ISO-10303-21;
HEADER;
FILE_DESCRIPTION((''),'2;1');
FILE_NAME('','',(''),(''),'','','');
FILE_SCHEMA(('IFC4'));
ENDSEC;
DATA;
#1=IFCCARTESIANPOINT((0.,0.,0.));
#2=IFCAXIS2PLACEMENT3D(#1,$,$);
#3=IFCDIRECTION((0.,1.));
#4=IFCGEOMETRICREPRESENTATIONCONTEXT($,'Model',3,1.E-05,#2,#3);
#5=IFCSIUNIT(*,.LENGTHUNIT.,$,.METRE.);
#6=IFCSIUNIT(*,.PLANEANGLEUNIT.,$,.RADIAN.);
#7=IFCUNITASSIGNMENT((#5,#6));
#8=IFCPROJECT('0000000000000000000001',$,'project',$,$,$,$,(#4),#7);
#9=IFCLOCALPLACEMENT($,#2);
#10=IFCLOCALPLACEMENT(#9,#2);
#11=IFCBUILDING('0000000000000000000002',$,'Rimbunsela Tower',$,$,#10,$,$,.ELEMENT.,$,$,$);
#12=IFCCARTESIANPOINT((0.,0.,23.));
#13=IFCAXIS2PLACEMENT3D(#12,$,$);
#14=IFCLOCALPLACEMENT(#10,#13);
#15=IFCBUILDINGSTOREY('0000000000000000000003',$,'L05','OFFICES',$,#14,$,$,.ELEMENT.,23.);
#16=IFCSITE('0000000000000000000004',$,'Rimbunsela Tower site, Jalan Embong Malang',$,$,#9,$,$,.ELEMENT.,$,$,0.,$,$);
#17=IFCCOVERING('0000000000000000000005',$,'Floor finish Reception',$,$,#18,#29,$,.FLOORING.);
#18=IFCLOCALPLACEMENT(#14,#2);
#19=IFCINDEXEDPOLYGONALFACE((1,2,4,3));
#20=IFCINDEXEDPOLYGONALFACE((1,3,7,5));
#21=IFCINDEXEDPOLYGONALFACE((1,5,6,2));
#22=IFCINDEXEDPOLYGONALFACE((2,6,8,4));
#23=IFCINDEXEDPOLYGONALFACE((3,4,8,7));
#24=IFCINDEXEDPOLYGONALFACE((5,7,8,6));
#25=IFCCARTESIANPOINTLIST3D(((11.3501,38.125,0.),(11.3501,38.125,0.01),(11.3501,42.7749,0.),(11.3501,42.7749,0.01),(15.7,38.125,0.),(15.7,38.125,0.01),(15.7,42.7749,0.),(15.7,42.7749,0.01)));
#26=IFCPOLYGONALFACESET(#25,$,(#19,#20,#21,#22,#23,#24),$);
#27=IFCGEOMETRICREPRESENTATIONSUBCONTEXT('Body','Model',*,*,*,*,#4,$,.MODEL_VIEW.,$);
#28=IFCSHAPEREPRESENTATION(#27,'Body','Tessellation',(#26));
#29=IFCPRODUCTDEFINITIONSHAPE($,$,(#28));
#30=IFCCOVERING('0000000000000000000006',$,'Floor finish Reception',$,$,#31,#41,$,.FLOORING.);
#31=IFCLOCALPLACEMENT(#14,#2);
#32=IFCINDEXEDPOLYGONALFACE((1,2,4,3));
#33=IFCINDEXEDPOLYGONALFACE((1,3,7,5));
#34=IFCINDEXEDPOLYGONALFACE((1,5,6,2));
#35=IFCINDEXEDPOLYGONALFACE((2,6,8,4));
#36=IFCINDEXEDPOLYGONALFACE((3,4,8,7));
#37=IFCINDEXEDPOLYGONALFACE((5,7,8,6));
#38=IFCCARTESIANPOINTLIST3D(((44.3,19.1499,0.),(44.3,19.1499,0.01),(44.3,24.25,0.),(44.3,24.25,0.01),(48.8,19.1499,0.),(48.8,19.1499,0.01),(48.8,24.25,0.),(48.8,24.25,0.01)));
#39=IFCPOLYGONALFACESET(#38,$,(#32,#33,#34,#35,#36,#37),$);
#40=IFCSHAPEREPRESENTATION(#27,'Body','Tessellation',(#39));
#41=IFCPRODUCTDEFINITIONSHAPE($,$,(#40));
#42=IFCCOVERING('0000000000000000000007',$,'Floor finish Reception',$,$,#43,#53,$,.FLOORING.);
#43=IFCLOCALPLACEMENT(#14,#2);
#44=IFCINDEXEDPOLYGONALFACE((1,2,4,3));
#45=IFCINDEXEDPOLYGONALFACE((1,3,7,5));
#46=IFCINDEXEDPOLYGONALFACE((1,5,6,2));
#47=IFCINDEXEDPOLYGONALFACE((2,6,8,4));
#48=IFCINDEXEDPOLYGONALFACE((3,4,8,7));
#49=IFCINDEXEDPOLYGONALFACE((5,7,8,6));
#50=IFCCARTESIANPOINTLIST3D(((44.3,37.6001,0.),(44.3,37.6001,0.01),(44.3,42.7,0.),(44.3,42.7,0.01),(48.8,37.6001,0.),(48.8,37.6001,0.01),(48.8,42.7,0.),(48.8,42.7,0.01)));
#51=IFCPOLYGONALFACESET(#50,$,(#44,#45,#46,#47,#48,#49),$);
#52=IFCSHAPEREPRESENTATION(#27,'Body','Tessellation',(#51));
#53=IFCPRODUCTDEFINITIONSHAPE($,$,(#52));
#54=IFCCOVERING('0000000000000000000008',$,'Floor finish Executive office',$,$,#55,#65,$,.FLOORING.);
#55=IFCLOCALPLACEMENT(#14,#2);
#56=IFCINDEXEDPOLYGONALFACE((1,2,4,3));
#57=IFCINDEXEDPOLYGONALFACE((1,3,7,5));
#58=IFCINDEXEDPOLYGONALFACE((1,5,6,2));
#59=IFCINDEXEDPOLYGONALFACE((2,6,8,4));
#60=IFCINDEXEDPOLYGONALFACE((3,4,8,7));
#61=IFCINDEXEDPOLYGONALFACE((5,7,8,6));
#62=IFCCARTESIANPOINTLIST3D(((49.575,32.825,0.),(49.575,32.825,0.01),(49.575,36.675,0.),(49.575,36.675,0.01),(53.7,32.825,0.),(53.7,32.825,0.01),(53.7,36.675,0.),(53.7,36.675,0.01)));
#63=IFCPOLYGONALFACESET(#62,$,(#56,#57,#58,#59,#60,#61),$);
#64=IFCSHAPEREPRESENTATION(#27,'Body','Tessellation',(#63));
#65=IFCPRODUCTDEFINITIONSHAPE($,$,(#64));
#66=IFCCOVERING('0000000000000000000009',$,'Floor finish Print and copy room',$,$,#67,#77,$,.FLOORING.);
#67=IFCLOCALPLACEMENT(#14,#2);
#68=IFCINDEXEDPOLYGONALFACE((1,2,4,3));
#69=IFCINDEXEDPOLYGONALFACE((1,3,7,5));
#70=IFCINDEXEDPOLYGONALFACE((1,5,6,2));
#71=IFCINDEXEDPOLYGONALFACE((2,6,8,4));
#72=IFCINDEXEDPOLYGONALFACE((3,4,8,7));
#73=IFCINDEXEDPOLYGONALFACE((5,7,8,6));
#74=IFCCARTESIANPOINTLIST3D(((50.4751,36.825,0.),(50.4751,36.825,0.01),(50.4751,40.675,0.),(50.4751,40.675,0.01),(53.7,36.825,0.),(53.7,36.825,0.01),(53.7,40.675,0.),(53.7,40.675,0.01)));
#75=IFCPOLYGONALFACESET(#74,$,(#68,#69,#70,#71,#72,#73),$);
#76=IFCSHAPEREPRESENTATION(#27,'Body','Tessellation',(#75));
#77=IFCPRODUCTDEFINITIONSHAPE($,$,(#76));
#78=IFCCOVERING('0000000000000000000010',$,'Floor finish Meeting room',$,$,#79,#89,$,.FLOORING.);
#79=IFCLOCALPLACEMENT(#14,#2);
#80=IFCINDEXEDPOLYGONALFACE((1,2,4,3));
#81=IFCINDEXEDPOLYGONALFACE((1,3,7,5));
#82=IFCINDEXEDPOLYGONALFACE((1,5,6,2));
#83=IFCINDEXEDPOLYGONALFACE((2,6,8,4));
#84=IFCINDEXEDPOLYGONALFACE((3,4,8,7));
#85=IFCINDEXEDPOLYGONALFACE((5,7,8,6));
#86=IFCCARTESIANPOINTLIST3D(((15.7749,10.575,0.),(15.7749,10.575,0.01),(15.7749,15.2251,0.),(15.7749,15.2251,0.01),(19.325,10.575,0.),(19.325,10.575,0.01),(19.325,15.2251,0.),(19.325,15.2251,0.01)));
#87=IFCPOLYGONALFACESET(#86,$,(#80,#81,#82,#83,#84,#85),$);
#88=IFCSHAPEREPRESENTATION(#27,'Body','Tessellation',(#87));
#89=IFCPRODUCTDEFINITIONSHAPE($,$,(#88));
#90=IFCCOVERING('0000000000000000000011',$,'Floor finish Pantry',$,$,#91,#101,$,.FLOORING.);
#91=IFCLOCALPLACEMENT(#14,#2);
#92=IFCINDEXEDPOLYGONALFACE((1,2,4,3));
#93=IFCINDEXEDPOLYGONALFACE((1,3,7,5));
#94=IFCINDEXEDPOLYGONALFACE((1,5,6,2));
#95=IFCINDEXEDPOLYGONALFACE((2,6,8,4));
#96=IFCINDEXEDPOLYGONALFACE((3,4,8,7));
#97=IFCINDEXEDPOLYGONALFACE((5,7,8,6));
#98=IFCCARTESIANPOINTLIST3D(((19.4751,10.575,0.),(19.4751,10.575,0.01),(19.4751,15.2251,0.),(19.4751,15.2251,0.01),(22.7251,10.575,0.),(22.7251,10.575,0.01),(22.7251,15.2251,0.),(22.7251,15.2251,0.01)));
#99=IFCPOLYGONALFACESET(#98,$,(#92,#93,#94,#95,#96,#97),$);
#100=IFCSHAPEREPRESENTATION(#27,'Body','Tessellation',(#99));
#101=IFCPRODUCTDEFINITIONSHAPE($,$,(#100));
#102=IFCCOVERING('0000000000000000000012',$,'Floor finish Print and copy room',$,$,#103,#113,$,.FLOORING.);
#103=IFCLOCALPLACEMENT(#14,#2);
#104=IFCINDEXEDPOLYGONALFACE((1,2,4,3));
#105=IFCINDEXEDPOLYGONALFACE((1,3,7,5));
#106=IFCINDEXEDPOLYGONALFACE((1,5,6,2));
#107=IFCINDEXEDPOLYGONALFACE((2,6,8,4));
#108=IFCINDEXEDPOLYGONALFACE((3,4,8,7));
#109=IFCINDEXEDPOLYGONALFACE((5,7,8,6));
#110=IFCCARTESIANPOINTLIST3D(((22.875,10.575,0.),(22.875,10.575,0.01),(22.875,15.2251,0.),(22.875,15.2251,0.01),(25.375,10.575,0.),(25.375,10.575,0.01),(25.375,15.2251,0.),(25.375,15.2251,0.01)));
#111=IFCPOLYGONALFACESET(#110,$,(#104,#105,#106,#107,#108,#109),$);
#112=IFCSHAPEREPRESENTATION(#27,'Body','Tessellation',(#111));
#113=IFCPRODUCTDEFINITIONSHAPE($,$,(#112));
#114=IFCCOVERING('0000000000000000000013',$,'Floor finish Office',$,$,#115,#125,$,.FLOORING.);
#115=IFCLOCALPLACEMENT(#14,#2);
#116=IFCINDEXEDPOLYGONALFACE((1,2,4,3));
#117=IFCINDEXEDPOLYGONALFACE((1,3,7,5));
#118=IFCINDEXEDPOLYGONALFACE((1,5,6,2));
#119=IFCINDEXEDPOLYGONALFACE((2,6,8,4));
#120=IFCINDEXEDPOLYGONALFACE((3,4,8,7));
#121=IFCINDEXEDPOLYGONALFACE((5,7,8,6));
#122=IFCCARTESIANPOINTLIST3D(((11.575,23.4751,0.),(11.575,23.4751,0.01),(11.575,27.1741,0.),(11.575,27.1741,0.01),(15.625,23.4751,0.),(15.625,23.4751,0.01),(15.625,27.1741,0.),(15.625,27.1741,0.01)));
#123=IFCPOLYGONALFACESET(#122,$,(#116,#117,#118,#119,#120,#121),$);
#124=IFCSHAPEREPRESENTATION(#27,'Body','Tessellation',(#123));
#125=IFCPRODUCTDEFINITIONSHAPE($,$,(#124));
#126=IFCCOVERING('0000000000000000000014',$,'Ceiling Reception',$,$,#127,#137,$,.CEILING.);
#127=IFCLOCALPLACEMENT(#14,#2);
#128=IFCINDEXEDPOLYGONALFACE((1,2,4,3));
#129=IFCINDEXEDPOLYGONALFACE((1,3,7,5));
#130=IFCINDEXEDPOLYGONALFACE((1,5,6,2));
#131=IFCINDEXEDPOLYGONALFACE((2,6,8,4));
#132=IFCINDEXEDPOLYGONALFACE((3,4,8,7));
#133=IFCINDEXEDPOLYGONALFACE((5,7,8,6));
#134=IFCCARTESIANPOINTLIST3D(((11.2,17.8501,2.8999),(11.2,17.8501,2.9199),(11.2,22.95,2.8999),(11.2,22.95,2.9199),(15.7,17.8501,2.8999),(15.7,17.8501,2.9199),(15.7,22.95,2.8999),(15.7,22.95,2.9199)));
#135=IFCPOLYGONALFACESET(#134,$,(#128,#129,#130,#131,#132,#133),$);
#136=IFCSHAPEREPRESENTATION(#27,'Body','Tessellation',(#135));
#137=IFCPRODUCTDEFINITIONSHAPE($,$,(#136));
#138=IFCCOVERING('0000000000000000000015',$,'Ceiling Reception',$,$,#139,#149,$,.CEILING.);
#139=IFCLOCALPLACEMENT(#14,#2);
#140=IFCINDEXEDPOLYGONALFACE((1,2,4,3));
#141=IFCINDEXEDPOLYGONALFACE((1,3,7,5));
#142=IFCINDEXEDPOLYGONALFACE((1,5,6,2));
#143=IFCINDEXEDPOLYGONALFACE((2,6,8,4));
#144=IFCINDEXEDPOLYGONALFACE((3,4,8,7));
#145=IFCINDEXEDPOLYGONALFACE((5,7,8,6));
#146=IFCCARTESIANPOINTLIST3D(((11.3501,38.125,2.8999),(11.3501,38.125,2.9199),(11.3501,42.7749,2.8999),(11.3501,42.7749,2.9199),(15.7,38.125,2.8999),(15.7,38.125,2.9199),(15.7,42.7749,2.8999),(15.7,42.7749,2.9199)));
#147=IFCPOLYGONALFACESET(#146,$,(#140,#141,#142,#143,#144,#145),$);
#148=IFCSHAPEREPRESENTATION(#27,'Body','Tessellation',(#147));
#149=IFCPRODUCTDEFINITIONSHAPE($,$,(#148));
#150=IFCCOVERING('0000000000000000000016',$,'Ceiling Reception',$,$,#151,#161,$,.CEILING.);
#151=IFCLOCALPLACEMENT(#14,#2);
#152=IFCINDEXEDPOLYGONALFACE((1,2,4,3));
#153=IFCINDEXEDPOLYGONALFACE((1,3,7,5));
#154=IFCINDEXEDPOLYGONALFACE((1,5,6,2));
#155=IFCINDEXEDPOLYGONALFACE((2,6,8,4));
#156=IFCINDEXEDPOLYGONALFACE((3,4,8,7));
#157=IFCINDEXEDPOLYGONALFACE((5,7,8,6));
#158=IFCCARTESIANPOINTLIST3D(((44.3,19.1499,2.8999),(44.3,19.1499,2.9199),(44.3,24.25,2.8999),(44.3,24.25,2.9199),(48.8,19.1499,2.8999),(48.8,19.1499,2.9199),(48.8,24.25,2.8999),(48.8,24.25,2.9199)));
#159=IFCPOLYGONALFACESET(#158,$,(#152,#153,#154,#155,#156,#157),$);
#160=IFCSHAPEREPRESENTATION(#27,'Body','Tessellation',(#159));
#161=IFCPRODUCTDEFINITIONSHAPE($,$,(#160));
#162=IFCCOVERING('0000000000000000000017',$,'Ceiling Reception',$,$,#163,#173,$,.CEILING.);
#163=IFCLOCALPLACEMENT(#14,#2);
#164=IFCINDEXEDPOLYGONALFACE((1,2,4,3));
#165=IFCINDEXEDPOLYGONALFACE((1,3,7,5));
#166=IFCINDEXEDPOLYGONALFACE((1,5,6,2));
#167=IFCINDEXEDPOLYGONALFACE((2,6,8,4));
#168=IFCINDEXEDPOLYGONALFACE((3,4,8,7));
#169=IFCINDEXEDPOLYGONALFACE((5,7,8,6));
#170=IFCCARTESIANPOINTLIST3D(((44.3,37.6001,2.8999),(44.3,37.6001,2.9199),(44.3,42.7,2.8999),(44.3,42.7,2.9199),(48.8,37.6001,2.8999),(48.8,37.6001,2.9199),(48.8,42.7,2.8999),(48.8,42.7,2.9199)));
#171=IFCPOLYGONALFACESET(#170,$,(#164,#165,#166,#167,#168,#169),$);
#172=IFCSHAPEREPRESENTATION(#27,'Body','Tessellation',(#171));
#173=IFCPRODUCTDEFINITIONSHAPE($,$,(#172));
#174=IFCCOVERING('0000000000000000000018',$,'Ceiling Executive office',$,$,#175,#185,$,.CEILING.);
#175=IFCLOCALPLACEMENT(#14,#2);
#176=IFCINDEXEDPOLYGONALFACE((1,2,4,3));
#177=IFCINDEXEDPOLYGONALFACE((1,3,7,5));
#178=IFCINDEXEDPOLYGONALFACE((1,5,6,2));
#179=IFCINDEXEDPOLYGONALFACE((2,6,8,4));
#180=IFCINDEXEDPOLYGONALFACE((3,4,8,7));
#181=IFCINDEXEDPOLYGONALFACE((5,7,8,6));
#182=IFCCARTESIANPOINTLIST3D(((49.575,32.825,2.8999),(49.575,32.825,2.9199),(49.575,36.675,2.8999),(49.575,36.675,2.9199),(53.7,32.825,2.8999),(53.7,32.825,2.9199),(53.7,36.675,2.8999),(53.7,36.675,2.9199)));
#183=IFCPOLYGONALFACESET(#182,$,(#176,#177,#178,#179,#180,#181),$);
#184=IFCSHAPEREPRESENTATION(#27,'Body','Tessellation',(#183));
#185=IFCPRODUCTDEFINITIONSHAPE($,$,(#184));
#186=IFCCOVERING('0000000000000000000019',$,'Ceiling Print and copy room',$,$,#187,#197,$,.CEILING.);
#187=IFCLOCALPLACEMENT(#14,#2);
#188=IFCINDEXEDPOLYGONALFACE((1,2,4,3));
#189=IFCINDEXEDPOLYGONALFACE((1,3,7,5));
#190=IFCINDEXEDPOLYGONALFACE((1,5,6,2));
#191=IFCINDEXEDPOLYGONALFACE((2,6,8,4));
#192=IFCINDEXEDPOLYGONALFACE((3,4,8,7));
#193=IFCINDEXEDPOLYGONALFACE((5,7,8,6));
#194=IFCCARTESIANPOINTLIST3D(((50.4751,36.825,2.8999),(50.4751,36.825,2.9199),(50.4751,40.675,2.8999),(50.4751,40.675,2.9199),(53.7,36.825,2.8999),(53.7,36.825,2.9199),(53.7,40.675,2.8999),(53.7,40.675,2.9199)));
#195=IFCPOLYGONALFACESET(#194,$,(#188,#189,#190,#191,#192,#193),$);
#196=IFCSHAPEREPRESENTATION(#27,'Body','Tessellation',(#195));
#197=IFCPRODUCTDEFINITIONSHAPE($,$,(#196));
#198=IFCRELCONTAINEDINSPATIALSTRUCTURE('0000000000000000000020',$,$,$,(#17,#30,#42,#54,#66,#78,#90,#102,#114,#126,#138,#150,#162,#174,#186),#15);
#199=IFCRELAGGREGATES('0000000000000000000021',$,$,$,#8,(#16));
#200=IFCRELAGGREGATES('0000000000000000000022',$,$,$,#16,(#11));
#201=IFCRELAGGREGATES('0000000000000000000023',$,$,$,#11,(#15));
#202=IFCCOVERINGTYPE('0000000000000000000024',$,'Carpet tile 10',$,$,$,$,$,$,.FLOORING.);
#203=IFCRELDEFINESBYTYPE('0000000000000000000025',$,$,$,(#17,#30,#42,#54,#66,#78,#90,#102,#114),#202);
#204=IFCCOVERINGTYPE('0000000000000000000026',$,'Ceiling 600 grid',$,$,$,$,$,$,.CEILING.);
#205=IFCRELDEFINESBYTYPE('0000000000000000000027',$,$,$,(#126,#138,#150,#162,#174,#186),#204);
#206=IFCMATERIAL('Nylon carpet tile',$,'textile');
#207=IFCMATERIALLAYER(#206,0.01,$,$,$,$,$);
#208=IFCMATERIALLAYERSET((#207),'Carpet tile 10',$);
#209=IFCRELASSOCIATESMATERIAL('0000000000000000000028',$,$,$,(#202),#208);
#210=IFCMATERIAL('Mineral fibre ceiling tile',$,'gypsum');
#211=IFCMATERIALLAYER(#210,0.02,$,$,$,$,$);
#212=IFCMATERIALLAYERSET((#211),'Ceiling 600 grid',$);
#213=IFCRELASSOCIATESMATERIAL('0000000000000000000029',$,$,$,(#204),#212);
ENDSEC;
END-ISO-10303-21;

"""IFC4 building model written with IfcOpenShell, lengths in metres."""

from ifc_helpers import new_model, si_unit, direction, frame, origin, place, context, subcontext, project, spatial, polyline, outline, extrude, material, layer, layer_set, type_object, element, save


model = new_model("IFC4")

# Units and contexts
model_context = context("Model", 3, precision=1e-05, world=origin(), true_north=direction((0.0, 1.0)))
body_context = subcontext(model_context, "Body", "Model", "MODEL_VIEW")
ifc_project = project(units=[si_unit("LENGTHUNIT", "METRE"), si_unit("PLANEANGLEUNIT", "RADIAN")], contexts=[model_context])

# Site, building, storey
site_placement = place(None, origin())
site = spatial("IfcSite", under=ifc_project, at=site_placement, Name="Rimbunsela Tower site, Jalan Embong Malang", CompositionType="ELEMENT", RefElevation=0.0)
building_placement = place(site_placement, origin())
building = spatial("IfcBuilding", under=site, at=building_placement, Name="Rimbunsela Tower", CompositionType="ELEMENT")
storey_placement = place(building_placement, frame((0.0, 0.0, 23.0)))
storey = spatial("IfcBuildingStorey", under=building, at=storey_placement, Name="L05", Description="OFFICES", CompositionType="ELEMENT", Elevation=23.0)

# Coverings
ifc_material_1 = material(Name="Nylon carpet tile", Category="textile")
ifc_layer_1 = layer(ifc_material_1, 0.01)
ifc_layer_set_1 = layer_set([ifc_layer_1], Name="Carpet tile 10")
covering_type_1 = type_object("IfcCoveringType", Name="Carpet tile 10", PredefinedType="FLOORING", material=ifc_layer_set_1)
covering_1_placement = place(storey_placement, origin())
element("IfcCovering", 1, at=covering_1_placement, inside=storey, type_object=covering_type_1, Name="Floor finish Reception", PredefinedType="FLOORING", context=body_context, shape_type="SweptSolid", body=[
    extrude(outline(polyline([(15.7, 38.125), (15.7, 42.7749), (11.3501, 42.7749), (11.3501, 38.125), (15.7, 38.125)])), origin(), (0.0, 0.0, 1.0), 0.01),
])
covering_2_placement = place(storey_placement, origin())
element("IfcCovering", 2, at=covering_2_placement, inside=storey, type_object=covering_type_1, Name="Floor finish Reception", PredefinedType="FLOORING", context=body_context, shape_type="SweptSolid", body=[
    extrude(outline(polyline([(48.8, 19.1499), (48.8, 24.25), (44.3, 24.25), (44.3, 19.1499), (48.8, 19.1499)])), origin(), (0.0, 0.0, 1.0), 0.01),
])
covering_3_placement = place(storey_placement, origin())
element("IfcCovering", 3, at=covering_3_placement, inside=storey, type_object=covering_type_1, Name="Floor finish Reception", PredefinedType="FLOORING", context=body_context, shape_type="SweptSolid", body=[
    extrude(outline(polyline([(48.8, 37.6001), (48.8, 42.7), (44.3, 42.7), (44.3, 37.6001), (48.8, 37.6001)])), origin(), (0.0, 0.0, 1.0), 0.01),
])
covering_4_placement = place(storey_placement, origin())
element("IfcCovering", 4, at=covering_4_placement, inside=storey, type_object=covering_type_1, Name="Floor finish Executive office", PredefinedType="FLOORING", context=body_context, shape_type="SweptSolid", body=[
    extrude(outline(polyline([(53.7, 32.825), (53.7, 36.675), (49.575, 36.675), (49.575, 32.825), (53.7, 32.825)])), origin(), (0.0, 0.0, 1.0), 0.01),
])
covering_5_placement = place(storey_placement, origin())
element("IfcCovering", 5, at=covering_5_placement, inside=storey, type_object=covering_type_1, Name="Floor finish Print and copy room", PredefinedType="FLOORING", context=body_context, shape_type="SweptSolid", body=[
    extrude(outline(polyline([(53.7, 36.825), (53.7, 40.675), (50.4751, 40.675), (50.4751, 36.825), (53.7, 36.825)])), origin(), (0.0, 0.0, 1.0), 0.01),
])
covering_6_placement = place(storey_placement, origin())
element("IfcCovering", 6, at=covering_6_placement, inside=storey, type_object=covering_type_1, Name="Floor finish Meeting room", PredefinedType="FLOORING", context=body_context, shape_type="SweptSolid", body=[
    extrude(outline(polyline([(19.325, 10.575), (19.325, 15.2251), (15.7749, 15.2251), (15.7749, 10.575), (19.325, 10.575)])), origin(), (0.0, 0.0, 1.0), 0.01),
])
covering_7_placement = place(storey_placement, origin())
element("IfcCovering", 7, at=covering_7_placement, inside=storey, type_object=covering_type_1, Name="Floor finish Pantry", PredefinedType="FLOORING", context=body_context, shape_type="SweptSolid", body=[
    extrude(outline(polyline([(22.7251, 10.575), (22.7251, 15.2251), (19.4751, 15.2251), (19.4751, 10.575), (22.7251, 10.575)])), origin(), (0.0, 0.0, 1.0), 0.01),
])
covering_8_placement = place(storey_placement, origin())
element("IfcCovering", 8, at=covering_8_placement, inside=storey, type_object=covering_type_1, Name="Floor finish Print and copy room", PredefinedType="FLOORING", context=body_context, shape_type="SweptSolid", body=[
    extrude(outline(polyline([(25.375, 10.575), (25.375, 15.2251), (22.875, 15.2251), (22.875, 10.575), (25.375, 10.575)])), origin(), (0.0, 0.0, 1.0), 0.01),
])
covering_9_placement = place(storey_placement, origin())
element("IfcCovering", 9, at=covering_9_placement, inside=storey, type_object=covering_type_1, Name="Floor finish Office", PredefinedType="FLOORING", context=body_context, shape_type="SweptSolid", body=[
    extrude(outline(polyline([(15.625, 23.4751), (15.625, 27.1741), (11.575, 27.1741), (11.575, 23.4751), (15.625, 23.4751)])), origin(), (0.0, 0.0, 1.0), 0.01),
])
ifc_material_2 = material(Name="Mineral fibre ceiling tile", Category="gypsum")
ifc_layer_2 = layer(ifc_material_2, 0.02)
ifc_layer_set_2 = layer_set([ifc_layer_2], Name="Ceiling 600 grid")
covering_type_2 = type_object("IfcCoveringType", Name="Ceiling 600 grid", PredefinedType="CEILING", material=ifc_layer_set_2)
covering_10_placement = place(storey_placement, frame((0.0, 0.0, 2.8999)))
element("IfcCovering", 10, at=covering_10_placement, inside=storey, type_object=covering_type_2, Name="Ceiling Reception", PredefinedType="CEILING", context=body_context, shape_type="SweptSolid", body=[
    extrude(outline(polyline([(15.7, 17.8501), (15.7, 22.95), (11.2, 22.95), (11.2, 17.8501), (15.7, 17.8501)])), origin(), (0.0, 0.0, 1.0), 0.02),
])
covering_11_placement = place(storey_placement, frame((0.0, 0.0, 2.8999)))
element("IfcCovering", 11, at=covering_11_placement, inside=storey, type_object=covering_type_2, Name="Ceiling Reception", PredefinedType="CEILING", context=body_context, shape_type="SweptSolid", body=[
    extrude(outline(polyline([(15.7, 38.125), (15.7, 42.7749), (11.3501, 42.7749), (11.3501, 38.125), (15.7, 38.125)])), origin(), (0.0, 0.0, 1.0), 0.02),
])
covering_12_placement = place(storey_placement, frame((0.0, 0.0, 2.8999)))
element("IfcCovering", 12, at=covering_12_placement, inside=storey, type_object=covering_type_2, Name="Ceiling Reception", PredefinedType="CEILING", context=body_context, shape_type="SweptSolid", body=[
    extrude(outline(polyline([(48.8, 19.1499), (48.8, 24.25), (44.3, 24.25), (44.3, 19.1499), (48.8, 19.1499)])), origin(), (0.0, 0.0, 1.0), 0.02),
])
covering_13_placement = place(storey_placement, frame((0.0, 0.0, 2.8999)))
element("IfcCovering", 13, at=covering_13_placement, inside=storey, type_object=covering_type_2, Name="Ceiling Reception", PredefinedType="CEILING", context=body_context, shape_type="SweptSolid", body=[
    extrude(outline(polyline([(48.8, 37.6001), (48.8, 42.7), (44.3, 42.7), (44.3, 37.6001), (48.8, 37.6001)])), origin(), (0.0, 0.0, 1.0), 0.02),
])
covering_14_placement = place(storey_placement, frame((0.0, 0.0, 2.8999)))
element("IfcCovering", 14, at=covering_14_placement, inside=storey, type_object=covering_type_2, Name="Ceiling Executive office", PredefinedType="CEILING", context=body_context, shape_type="SweptSolid", body=[
    extrude(outline(polyline([(53.7, 32.825), (53.7, 36.675), (49.575, 36.675), (49.575, 32.825), (53.7, 32.825)])), origin(), (0.0, 0.0, 1.0), 0.02),
])
covering_15_placement = place(storey_placement, frame((0.0, 0.0, 2.8999)))
element("IfcCovering", 15, at=covering_15_placement, inside=storey, type_object=covering_type_2, Name="Ceiling Print and copy room", PredefinedType="CEILING", context=body_context, shape_type="SweptSolid", body=[
    extrude(outline(polyline([(53.7, 36.825), (53.7, 40.675), (50.4751, 40.675), (50.4751, 36.825), (53.7, 36.825)])), origin(), (0.0, 0.0, 1.0), 0.02),
])

save(model, "model.ifc")
